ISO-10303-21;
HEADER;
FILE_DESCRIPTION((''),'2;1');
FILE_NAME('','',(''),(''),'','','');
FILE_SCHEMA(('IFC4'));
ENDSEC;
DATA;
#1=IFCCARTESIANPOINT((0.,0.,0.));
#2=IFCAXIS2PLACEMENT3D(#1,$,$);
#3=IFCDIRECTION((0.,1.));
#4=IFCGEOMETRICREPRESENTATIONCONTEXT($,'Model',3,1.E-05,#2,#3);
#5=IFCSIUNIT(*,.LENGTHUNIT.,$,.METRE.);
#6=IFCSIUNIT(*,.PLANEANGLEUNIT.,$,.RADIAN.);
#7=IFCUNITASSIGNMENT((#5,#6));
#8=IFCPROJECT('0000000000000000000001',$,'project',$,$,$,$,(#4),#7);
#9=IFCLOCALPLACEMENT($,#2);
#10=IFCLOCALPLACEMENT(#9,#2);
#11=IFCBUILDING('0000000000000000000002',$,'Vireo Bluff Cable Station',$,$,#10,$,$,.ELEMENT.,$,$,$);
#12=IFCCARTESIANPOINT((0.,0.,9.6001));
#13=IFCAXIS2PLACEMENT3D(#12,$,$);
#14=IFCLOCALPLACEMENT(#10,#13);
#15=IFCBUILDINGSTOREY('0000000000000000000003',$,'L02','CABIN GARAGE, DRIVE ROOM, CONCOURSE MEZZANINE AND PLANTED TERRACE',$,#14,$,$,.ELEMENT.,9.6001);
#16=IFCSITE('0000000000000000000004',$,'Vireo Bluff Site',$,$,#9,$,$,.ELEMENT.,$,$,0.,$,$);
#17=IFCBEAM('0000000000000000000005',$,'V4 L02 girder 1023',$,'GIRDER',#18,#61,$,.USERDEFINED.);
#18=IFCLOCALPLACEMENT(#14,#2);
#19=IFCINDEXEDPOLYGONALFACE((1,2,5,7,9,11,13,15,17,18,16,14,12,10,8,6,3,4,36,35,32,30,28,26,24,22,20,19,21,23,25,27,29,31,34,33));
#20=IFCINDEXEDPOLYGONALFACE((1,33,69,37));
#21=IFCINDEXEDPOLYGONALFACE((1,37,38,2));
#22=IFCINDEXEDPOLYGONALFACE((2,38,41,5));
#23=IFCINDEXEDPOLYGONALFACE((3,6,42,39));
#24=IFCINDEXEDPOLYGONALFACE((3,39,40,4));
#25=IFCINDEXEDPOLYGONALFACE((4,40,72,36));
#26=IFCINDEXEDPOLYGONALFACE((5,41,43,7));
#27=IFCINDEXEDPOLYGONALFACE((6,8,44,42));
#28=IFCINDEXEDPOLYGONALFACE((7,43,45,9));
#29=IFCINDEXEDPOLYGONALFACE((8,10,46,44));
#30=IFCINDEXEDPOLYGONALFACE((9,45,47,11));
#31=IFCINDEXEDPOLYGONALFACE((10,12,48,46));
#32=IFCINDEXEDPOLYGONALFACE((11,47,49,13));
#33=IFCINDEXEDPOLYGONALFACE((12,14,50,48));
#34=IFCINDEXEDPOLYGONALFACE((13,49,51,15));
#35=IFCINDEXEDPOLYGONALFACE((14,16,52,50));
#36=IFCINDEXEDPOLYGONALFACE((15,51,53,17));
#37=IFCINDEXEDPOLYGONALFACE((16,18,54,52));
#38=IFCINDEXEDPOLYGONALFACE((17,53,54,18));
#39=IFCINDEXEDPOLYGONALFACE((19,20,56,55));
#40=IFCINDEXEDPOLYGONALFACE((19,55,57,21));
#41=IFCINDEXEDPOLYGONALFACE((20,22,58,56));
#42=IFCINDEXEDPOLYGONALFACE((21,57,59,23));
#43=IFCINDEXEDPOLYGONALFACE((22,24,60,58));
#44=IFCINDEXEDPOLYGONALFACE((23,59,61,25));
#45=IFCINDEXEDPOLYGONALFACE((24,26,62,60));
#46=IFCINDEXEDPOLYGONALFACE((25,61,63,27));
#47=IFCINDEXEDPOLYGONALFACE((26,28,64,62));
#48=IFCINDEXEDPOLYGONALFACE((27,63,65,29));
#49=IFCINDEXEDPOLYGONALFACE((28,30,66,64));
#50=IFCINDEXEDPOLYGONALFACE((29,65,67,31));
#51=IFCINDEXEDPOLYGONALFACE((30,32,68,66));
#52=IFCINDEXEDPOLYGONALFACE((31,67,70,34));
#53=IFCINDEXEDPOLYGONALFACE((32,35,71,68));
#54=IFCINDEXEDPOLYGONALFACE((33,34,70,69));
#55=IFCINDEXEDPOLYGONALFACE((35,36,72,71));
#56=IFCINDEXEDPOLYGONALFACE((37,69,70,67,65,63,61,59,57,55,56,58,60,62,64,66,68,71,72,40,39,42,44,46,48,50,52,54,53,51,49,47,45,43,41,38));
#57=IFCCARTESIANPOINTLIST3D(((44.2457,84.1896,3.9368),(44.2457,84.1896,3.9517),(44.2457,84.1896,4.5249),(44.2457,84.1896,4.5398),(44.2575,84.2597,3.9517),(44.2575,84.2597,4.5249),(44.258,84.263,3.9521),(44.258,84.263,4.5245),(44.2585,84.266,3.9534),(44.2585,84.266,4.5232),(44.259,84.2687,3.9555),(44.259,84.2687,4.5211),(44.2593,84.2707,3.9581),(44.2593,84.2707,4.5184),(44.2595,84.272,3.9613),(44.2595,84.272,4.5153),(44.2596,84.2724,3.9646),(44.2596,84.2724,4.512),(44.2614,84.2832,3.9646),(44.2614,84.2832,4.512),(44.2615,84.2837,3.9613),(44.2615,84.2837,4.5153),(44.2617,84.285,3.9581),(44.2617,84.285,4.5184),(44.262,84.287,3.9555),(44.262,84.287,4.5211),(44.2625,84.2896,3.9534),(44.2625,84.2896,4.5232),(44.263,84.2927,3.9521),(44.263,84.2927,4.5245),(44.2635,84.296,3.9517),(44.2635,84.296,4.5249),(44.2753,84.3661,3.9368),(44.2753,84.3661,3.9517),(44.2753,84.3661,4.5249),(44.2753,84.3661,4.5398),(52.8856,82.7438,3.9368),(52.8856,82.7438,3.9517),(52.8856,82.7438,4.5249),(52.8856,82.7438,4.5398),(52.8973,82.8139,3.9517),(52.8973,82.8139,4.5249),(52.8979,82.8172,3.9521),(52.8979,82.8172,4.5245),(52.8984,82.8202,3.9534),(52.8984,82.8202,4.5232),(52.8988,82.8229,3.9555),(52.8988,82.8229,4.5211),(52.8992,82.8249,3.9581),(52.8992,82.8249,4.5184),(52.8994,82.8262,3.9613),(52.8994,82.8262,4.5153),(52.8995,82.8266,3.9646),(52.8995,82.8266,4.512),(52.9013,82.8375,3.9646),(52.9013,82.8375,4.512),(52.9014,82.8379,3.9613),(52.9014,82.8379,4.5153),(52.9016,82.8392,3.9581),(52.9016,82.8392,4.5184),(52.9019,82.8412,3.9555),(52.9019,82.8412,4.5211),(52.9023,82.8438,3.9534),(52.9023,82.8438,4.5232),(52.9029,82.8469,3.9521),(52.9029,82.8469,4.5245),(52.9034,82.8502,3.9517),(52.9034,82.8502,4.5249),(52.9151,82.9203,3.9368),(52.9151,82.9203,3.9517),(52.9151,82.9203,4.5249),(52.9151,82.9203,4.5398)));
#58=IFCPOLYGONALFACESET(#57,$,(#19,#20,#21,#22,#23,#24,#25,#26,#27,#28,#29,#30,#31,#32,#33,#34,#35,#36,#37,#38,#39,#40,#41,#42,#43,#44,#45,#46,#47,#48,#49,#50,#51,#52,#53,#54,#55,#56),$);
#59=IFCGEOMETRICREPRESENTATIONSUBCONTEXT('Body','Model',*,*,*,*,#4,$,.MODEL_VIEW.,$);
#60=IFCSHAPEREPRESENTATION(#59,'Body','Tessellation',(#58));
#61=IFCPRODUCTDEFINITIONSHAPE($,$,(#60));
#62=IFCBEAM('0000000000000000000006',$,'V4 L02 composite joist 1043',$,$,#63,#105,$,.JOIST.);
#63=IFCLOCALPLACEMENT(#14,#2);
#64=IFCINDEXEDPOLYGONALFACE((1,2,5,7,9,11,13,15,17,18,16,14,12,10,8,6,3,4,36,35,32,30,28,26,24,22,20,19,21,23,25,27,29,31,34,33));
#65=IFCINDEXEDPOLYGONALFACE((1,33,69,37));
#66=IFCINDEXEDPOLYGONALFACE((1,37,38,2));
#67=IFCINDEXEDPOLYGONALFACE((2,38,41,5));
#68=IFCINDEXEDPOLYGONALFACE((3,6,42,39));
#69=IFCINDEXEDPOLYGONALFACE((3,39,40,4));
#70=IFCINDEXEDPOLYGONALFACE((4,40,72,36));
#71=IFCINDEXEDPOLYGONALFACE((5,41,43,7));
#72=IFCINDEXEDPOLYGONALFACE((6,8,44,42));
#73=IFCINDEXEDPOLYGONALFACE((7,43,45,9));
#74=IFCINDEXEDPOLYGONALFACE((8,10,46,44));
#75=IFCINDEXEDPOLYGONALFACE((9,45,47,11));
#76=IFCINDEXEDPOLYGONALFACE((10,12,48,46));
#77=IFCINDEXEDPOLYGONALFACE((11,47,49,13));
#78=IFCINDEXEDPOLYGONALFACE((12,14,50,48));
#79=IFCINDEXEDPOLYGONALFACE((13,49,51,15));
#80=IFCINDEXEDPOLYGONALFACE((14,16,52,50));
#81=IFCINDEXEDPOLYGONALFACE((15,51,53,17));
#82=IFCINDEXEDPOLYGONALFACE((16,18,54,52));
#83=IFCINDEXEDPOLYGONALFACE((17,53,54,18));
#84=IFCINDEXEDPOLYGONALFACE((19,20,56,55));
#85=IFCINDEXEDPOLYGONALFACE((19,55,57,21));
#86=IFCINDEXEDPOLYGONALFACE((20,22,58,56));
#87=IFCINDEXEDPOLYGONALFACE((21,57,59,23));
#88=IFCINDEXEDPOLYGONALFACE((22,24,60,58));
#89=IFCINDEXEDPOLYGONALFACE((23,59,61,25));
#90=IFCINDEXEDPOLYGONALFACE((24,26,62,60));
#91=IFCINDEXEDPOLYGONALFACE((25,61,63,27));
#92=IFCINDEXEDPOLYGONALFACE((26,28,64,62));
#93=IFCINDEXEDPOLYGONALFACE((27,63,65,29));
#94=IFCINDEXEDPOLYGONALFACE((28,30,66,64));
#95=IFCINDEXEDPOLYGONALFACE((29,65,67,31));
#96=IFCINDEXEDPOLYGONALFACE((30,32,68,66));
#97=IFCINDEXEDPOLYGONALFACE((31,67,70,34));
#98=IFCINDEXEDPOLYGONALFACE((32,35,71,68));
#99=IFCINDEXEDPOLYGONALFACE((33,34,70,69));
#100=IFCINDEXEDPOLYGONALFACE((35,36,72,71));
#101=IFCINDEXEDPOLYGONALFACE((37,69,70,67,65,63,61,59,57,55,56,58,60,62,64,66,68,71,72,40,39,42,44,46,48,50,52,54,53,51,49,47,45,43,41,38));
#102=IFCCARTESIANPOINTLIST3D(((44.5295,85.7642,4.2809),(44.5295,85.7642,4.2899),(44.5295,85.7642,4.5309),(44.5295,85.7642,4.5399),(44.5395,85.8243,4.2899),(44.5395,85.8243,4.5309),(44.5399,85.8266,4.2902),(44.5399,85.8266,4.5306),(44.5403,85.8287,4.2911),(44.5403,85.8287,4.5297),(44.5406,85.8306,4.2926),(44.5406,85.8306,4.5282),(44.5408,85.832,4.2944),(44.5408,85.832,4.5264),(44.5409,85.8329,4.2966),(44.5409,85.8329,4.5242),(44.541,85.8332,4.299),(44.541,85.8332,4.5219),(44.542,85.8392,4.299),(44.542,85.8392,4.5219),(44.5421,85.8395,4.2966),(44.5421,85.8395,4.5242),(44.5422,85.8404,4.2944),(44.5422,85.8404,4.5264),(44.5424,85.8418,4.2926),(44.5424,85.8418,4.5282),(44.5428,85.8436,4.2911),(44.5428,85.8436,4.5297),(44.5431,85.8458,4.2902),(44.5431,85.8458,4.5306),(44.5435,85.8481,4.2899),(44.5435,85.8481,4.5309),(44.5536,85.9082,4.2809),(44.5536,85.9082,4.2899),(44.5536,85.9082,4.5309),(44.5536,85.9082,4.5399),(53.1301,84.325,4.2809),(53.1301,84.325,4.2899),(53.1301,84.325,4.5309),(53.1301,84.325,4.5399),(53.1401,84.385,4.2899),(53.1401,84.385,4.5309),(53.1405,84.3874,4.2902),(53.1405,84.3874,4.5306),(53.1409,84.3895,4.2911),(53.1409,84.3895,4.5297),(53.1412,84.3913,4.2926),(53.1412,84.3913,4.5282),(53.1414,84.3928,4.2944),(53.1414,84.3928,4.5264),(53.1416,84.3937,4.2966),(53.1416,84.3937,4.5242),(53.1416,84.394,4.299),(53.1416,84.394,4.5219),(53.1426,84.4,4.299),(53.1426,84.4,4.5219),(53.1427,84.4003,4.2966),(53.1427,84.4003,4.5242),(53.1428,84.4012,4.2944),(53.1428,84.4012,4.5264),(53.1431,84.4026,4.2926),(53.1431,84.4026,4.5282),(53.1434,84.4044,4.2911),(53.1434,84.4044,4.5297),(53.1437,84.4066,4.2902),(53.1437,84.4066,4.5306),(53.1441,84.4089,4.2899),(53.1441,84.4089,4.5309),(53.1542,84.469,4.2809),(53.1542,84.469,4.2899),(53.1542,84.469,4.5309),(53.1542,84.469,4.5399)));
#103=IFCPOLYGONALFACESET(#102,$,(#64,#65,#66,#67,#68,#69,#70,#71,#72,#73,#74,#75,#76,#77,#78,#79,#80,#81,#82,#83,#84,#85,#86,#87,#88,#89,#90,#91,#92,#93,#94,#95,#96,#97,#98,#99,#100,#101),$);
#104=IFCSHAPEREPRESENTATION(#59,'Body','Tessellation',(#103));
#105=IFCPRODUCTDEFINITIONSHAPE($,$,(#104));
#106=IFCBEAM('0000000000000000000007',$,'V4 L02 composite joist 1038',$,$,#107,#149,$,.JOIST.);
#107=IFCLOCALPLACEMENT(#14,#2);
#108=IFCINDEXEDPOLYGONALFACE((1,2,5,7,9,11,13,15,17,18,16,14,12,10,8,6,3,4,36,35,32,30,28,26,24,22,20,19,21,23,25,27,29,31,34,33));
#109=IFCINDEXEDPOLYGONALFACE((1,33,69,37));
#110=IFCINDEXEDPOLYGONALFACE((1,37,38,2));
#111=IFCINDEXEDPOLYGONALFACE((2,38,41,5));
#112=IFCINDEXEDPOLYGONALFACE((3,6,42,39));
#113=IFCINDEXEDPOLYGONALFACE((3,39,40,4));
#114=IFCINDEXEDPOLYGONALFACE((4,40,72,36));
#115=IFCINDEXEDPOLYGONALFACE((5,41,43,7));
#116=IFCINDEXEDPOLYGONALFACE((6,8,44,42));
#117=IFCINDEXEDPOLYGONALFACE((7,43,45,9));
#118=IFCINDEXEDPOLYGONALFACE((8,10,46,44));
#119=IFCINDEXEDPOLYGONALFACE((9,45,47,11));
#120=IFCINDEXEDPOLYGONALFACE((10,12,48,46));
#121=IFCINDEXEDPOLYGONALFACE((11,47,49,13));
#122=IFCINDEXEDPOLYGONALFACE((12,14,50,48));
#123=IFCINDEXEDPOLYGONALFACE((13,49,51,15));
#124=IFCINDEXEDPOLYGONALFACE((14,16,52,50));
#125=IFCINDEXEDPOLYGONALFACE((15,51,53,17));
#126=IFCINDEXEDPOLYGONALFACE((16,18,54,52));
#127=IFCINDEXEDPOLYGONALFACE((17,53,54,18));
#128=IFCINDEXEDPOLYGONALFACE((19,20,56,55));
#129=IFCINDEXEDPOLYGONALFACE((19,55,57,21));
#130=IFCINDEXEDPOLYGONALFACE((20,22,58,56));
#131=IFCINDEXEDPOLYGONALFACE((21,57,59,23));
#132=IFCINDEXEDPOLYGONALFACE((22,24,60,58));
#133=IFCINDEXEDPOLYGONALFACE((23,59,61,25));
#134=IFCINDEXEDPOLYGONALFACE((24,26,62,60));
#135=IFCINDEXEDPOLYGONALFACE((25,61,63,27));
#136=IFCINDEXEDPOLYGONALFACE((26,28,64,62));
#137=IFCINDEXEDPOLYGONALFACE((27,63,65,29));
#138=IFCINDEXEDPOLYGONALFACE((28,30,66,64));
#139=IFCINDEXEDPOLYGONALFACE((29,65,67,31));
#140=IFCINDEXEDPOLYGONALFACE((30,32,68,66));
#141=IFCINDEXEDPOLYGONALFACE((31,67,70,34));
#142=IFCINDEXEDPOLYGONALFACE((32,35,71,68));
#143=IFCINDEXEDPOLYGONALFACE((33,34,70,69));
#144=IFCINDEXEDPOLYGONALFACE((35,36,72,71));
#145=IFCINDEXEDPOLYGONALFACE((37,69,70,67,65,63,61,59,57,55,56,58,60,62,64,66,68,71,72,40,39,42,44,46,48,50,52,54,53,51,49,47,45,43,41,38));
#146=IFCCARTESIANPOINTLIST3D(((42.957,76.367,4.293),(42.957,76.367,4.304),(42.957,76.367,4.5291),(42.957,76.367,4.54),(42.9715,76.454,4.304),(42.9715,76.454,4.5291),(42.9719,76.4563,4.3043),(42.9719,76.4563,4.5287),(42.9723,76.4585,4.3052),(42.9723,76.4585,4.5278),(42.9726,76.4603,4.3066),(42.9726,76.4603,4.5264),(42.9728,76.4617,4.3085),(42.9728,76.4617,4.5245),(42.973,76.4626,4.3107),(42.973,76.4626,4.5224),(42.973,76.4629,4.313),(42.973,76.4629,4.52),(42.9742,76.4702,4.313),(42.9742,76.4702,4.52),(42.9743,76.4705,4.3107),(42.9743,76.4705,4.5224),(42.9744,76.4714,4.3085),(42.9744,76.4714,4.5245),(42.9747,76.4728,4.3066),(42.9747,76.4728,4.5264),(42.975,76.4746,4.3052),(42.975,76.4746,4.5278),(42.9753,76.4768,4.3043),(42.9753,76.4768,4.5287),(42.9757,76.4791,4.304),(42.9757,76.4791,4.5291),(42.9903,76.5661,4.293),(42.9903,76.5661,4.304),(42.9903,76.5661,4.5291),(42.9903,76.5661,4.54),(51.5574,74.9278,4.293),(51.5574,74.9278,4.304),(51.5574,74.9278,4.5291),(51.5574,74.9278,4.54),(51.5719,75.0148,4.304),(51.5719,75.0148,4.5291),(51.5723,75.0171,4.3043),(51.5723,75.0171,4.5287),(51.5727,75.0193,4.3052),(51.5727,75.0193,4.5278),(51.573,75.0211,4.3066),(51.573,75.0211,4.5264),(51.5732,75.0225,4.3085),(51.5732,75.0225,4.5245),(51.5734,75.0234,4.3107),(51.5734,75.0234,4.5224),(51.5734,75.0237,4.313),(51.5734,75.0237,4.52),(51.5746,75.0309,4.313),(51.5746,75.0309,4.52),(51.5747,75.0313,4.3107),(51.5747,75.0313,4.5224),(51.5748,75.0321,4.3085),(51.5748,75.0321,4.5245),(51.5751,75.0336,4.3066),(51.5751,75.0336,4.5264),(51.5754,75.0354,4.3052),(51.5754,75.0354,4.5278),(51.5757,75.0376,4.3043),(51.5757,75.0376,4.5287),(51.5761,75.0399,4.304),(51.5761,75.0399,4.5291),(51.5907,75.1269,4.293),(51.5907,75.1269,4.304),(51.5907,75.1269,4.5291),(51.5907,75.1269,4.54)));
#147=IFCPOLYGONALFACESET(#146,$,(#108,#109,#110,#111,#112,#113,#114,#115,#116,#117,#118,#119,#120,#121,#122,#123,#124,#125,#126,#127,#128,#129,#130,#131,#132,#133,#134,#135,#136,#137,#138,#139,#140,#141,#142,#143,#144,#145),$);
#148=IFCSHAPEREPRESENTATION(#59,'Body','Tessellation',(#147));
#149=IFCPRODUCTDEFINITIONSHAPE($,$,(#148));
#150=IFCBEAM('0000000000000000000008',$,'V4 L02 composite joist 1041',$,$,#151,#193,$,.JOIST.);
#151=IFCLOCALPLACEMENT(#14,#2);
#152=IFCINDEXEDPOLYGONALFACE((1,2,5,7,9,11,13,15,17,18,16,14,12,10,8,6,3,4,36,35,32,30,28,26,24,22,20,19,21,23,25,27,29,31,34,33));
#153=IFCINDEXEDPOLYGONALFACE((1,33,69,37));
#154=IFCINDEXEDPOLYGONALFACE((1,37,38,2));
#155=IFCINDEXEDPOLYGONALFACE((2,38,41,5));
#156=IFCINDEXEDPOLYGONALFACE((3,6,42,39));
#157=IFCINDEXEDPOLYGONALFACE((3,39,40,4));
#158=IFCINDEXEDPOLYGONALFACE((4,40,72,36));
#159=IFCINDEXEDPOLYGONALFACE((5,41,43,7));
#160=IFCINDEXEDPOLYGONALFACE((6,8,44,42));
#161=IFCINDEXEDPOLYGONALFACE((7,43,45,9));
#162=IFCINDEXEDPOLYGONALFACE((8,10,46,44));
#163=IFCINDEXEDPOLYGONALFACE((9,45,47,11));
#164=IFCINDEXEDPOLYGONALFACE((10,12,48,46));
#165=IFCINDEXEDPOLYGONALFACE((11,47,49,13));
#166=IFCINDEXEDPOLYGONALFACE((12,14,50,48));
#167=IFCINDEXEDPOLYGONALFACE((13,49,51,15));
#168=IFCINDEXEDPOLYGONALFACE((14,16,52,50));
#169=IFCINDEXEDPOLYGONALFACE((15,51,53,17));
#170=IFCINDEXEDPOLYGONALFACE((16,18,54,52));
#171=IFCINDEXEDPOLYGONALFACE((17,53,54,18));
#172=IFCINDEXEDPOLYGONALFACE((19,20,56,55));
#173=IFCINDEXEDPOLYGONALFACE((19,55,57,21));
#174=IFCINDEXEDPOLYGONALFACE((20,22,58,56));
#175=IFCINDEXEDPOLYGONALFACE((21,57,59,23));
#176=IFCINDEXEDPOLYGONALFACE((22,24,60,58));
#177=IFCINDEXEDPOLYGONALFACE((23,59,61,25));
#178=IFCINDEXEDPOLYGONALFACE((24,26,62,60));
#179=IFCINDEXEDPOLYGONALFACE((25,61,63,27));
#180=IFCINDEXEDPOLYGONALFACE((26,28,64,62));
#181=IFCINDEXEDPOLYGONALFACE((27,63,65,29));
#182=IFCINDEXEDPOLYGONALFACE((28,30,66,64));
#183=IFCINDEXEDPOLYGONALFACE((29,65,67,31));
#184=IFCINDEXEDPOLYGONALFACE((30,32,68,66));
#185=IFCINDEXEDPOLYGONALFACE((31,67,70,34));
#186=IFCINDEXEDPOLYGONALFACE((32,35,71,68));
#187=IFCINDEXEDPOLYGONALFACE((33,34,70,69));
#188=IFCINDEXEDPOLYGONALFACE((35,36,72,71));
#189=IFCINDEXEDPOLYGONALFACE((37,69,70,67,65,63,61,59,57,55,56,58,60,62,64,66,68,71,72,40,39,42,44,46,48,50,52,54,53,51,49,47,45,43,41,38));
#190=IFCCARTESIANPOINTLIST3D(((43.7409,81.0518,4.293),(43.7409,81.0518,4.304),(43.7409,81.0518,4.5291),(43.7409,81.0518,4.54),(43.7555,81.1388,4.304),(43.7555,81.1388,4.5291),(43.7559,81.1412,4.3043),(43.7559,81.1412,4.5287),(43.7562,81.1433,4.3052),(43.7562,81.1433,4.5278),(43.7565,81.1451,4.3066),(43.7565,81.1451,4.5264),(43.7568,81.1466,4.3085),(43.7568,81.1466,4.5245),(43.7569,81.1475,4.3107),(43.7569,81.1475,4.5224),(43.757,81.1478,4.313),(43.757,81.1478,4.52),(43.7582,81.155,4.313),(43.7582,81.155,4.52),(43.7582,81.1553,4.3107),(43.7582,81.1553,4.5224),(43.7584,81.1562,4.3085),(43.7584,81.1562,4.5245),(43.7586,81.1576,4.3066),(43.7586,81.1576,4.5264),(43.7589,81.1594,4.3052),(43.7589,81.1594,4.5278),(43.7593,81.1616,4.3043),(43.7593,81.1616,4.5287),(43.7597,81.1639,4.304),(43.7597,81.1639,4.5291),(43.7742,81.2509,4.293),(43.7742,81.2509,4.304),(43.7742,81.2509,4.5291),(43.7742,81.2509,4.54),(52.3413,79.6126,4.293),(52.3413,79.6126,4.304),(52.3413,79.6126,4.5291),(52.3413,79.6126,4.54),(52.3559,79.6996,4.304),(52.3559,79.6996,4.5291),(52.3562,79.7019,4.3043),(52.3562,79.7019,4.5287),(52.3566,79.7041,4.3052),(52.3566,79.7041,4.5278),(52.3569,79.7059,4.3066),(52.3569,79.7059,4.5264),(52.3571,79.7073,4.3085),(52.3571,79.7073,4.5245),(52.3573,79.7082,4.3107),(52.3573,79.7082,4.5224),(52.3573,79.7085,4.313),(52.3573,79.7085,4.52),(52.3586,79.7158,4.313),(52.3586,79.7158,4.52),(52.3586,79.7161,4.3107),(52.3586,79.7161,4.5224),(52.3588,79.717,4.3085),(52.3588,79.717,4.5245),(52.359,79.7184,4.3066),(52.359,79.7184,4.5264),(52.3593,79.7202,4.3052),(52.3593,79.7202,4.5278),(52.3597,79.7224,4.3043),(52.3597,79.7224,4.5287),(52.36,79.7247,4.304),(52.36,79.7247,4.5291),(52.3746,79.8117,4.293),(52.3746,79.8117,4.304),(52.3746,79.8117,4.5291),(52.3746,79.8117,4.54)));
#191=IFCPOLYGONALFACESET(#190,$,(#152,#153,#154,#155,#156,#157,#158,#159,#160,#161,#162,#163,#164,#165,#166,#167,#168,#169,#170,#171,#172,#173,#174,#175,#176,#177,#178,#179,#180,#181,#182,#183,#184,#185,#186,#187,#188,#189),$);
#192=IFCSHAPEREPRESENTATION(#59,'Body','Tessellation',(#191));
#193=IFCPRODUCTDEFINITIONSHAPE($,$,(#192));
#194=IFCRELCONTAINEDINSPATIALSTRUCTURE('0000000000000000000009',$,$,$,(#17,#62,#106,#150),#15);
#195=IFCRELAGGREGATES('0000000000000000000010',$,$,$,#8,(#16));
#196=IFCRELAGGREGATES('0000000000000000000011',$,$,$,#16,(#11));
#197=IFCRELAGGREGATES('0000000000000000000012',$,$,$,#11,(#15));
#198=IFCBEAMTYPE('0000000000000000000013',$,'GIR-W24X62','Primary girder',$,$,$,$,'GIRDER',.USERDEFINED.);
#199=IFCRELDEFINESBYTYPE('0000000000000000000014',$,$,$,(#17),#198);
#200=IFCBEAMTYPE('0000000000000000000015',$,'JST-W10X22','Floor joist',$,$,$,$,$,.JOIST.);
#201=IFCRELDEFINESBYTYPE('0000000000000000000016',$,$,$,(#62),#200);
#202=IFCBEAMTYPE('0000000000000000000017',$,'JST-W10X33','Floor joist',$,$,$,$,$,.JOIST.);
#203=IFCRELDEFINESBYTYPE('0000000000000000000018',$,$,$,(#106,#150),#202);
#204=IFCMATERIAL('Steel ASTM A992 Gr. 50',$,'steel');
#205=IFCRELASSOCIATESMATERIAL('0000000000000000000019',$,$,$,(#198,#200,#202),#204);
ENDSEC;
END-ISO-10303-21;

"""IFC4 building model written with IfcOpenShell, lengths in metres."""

from ifc_helpers import new_model, si_unit, direction, frame, origin, origin_2d, place, context, subcontext, project, spatial, i_section, extrude, material, material_profile, profile_set, type_object, element, save


model = new_model("IFC4")

# Units and contexts
model_context = context("Model", 3, precision=1e-05, world=origin(), true_north=direction((0.0, 1.0)))
body_context = subcontext(model_context, "Body", "Model", "MODEL_VIEW")
ifc_project = project(units=[si_unit("LENGTHUNIT", "METRE"), si_unit("PLANEANGLEUNIT", "RADIAN")], contexts=[model_context])

# Site, building, storey
site_placement = place(None, origin())
site = spatial("IfcSite", under=ifc_project, at=site_placement, Name="Vireo Bluff Site", CompositionType="ELEMENT", RefElevation=0.0)
building_placement = place(site_placement, origin())
building = spatial("IfcBuilding", under=site, at=building_placement, Name="Vireo Bluff Cable Station", CompositionType="ELEMENT")
storey_placement = place(building_placement, frame((0.0, 0.0, 9.6001)))
storey = spatial("IfcBuildingStorey", under=building, at=storey_placement, Name="L02", Description="CABIN GARAGE, DRIVE ROOM, CONCOURSE MEZZANINE AND PLANTED TERRACE", CompositionType="ELEMENT", Elevation=9.6001)

# Shared definitions
ifc_material_1 = material(Name="Steel ASTM A992 Gr. 50", Category="steel")

# Beams
ifc_material_profile_1 = material_profile(ifc_material_1, i_section(OverallWidth=0.179, OverallDepth=0.603, WebThickness=0.011, FlangeThickness=0.0149, FilletRadius=0.0129, at=origin_2d()), Name="W24X62")
ifc_profile_set_1 = profile_set([ifc_material_profile_1], Name="Steel ASTM A992 Gr. 50")
beam_type_1 = type_object("IfcBeamType", Name="GIR-W24X62", Description="Primary girder", ElementType="GIRDER", PredefinedType="USERDEFINED", material=ifc_profile_set_1)
beam_1_placement = place(storey_placement, frame((44.2605, 84.2778, 4.2383), z_axis=(0.986286, -0.165045, 0.0), x_axis=(0.165045, 0.986286, 0.0)))
element("IfcBeam", 1, at=beam_1_placement, inside=storey, type_object=beam_type_1, Name="V4 L02 girder 1023", ObjectType="GIRDER", PredefinedType="USERDEFINED", context=body_context, shape_type="SweptSolid", body=[
    extrude(i_section(OverallWidth=0.179, OverallDepth=0.603, WebThickness=0.011, FlangeThickness=0.0149, FilletRadius=0.0129, at=origin_2d()), origin(), (0.0, 0.0, 1.0), 8.76),
])
ifc_material_profile_2 = material_profile(ifc_material_1, i_section(OverallWidth=0.146, OverallDepth=0.259, WebThickness=0.0061, FlangeThickness=0.009, FilletRadius=0.009, at=origin_2d()), Name="W10X22")
ifc_profile_set_2 = profile_set([ifc_material_profile_2], Name="Steel ASTM A992 Gr. 50")
beam_type_2 = type_object("IfcBeamType", Name="JST-W10X22", Description="Floor joist", PredefinedType="JOIST", material=ifc_profile_set_2)
beam_2_placement = place(storey_placement, frame((44.5415, 85.8362, 4.4104), z_axis=(0.986286, -0.165044, 0.0), x_axis=(0.165044, 0.986286, 0.0)))
element("IfcBeam", 2, at=beam_2_placement, inside=storey, type_object=beam_type_2, Name="V4 L02 composite joist 1043", PredefinedType="JOIST", context=body_context, shape_type="SweptSolid", body=[
    extrude(i_section(OverallWidth=0.146, OverallDepth=0.259, WebThickness=0.0061, FlangeThickness=0.009, FilletRadius=0.009, at=origin_2d()), origin(), (0.0, 0.0, 1.0), 8.7202),
])
ifc_material_profile_3 = material_profile(ifc_material_1, i_section(OverallWidth=0.2019, OverallDepth=0.2471, WebThickness=0.0073, FlangeThickness=0.011, FilletRadius=0.009, at=origin_2d()), Name="W10X33")
ifc_profile_set_3 = profile_set([ifc_material_profile_3], Name="Steel ASTM A992 Gr. 50")
beam_type_3 = type_object("IfcBeamType", Name="JST-W10X33", Description="Floor joist", PredefinedType="JOIST", material=ifc_profile_set_3)
for number, where, z_axis, x_axis, name in (
    (3, (42.9736, 76.4666, 4.4165), (0.986286, -0.165048, 0.0), (0.165048, 0.986286, 0.0), "V4 L02 composite joist 1038"),
    (4, (43.7576, 81.1514, 4.4165), (0.986286, -0.165048, 0.0), (0.165048, 0.986286, 0.0), "V4 L02 composite joist 1041"),
):
    element("IfcBeam", number, at=place(storey_placement, frame(where, z_axis=z_axis, x_axis=x_axis)), inside=storey, type_object=beam_type_3, Name=name, PredefinedType="JOIST", context=body_context, shape_type="SweptSolid", body=[
        extrude(i_section(OverallWidth=0.2019, OverallDepth=0.2471, WebThickness=0.0073, FlangeThickness=0.011, FilletRadius=0.009, at=origin_2d()), origin(), (0.0, 0.0, 1.0), 8.72),
    ])

save(model, "model.ifc")
